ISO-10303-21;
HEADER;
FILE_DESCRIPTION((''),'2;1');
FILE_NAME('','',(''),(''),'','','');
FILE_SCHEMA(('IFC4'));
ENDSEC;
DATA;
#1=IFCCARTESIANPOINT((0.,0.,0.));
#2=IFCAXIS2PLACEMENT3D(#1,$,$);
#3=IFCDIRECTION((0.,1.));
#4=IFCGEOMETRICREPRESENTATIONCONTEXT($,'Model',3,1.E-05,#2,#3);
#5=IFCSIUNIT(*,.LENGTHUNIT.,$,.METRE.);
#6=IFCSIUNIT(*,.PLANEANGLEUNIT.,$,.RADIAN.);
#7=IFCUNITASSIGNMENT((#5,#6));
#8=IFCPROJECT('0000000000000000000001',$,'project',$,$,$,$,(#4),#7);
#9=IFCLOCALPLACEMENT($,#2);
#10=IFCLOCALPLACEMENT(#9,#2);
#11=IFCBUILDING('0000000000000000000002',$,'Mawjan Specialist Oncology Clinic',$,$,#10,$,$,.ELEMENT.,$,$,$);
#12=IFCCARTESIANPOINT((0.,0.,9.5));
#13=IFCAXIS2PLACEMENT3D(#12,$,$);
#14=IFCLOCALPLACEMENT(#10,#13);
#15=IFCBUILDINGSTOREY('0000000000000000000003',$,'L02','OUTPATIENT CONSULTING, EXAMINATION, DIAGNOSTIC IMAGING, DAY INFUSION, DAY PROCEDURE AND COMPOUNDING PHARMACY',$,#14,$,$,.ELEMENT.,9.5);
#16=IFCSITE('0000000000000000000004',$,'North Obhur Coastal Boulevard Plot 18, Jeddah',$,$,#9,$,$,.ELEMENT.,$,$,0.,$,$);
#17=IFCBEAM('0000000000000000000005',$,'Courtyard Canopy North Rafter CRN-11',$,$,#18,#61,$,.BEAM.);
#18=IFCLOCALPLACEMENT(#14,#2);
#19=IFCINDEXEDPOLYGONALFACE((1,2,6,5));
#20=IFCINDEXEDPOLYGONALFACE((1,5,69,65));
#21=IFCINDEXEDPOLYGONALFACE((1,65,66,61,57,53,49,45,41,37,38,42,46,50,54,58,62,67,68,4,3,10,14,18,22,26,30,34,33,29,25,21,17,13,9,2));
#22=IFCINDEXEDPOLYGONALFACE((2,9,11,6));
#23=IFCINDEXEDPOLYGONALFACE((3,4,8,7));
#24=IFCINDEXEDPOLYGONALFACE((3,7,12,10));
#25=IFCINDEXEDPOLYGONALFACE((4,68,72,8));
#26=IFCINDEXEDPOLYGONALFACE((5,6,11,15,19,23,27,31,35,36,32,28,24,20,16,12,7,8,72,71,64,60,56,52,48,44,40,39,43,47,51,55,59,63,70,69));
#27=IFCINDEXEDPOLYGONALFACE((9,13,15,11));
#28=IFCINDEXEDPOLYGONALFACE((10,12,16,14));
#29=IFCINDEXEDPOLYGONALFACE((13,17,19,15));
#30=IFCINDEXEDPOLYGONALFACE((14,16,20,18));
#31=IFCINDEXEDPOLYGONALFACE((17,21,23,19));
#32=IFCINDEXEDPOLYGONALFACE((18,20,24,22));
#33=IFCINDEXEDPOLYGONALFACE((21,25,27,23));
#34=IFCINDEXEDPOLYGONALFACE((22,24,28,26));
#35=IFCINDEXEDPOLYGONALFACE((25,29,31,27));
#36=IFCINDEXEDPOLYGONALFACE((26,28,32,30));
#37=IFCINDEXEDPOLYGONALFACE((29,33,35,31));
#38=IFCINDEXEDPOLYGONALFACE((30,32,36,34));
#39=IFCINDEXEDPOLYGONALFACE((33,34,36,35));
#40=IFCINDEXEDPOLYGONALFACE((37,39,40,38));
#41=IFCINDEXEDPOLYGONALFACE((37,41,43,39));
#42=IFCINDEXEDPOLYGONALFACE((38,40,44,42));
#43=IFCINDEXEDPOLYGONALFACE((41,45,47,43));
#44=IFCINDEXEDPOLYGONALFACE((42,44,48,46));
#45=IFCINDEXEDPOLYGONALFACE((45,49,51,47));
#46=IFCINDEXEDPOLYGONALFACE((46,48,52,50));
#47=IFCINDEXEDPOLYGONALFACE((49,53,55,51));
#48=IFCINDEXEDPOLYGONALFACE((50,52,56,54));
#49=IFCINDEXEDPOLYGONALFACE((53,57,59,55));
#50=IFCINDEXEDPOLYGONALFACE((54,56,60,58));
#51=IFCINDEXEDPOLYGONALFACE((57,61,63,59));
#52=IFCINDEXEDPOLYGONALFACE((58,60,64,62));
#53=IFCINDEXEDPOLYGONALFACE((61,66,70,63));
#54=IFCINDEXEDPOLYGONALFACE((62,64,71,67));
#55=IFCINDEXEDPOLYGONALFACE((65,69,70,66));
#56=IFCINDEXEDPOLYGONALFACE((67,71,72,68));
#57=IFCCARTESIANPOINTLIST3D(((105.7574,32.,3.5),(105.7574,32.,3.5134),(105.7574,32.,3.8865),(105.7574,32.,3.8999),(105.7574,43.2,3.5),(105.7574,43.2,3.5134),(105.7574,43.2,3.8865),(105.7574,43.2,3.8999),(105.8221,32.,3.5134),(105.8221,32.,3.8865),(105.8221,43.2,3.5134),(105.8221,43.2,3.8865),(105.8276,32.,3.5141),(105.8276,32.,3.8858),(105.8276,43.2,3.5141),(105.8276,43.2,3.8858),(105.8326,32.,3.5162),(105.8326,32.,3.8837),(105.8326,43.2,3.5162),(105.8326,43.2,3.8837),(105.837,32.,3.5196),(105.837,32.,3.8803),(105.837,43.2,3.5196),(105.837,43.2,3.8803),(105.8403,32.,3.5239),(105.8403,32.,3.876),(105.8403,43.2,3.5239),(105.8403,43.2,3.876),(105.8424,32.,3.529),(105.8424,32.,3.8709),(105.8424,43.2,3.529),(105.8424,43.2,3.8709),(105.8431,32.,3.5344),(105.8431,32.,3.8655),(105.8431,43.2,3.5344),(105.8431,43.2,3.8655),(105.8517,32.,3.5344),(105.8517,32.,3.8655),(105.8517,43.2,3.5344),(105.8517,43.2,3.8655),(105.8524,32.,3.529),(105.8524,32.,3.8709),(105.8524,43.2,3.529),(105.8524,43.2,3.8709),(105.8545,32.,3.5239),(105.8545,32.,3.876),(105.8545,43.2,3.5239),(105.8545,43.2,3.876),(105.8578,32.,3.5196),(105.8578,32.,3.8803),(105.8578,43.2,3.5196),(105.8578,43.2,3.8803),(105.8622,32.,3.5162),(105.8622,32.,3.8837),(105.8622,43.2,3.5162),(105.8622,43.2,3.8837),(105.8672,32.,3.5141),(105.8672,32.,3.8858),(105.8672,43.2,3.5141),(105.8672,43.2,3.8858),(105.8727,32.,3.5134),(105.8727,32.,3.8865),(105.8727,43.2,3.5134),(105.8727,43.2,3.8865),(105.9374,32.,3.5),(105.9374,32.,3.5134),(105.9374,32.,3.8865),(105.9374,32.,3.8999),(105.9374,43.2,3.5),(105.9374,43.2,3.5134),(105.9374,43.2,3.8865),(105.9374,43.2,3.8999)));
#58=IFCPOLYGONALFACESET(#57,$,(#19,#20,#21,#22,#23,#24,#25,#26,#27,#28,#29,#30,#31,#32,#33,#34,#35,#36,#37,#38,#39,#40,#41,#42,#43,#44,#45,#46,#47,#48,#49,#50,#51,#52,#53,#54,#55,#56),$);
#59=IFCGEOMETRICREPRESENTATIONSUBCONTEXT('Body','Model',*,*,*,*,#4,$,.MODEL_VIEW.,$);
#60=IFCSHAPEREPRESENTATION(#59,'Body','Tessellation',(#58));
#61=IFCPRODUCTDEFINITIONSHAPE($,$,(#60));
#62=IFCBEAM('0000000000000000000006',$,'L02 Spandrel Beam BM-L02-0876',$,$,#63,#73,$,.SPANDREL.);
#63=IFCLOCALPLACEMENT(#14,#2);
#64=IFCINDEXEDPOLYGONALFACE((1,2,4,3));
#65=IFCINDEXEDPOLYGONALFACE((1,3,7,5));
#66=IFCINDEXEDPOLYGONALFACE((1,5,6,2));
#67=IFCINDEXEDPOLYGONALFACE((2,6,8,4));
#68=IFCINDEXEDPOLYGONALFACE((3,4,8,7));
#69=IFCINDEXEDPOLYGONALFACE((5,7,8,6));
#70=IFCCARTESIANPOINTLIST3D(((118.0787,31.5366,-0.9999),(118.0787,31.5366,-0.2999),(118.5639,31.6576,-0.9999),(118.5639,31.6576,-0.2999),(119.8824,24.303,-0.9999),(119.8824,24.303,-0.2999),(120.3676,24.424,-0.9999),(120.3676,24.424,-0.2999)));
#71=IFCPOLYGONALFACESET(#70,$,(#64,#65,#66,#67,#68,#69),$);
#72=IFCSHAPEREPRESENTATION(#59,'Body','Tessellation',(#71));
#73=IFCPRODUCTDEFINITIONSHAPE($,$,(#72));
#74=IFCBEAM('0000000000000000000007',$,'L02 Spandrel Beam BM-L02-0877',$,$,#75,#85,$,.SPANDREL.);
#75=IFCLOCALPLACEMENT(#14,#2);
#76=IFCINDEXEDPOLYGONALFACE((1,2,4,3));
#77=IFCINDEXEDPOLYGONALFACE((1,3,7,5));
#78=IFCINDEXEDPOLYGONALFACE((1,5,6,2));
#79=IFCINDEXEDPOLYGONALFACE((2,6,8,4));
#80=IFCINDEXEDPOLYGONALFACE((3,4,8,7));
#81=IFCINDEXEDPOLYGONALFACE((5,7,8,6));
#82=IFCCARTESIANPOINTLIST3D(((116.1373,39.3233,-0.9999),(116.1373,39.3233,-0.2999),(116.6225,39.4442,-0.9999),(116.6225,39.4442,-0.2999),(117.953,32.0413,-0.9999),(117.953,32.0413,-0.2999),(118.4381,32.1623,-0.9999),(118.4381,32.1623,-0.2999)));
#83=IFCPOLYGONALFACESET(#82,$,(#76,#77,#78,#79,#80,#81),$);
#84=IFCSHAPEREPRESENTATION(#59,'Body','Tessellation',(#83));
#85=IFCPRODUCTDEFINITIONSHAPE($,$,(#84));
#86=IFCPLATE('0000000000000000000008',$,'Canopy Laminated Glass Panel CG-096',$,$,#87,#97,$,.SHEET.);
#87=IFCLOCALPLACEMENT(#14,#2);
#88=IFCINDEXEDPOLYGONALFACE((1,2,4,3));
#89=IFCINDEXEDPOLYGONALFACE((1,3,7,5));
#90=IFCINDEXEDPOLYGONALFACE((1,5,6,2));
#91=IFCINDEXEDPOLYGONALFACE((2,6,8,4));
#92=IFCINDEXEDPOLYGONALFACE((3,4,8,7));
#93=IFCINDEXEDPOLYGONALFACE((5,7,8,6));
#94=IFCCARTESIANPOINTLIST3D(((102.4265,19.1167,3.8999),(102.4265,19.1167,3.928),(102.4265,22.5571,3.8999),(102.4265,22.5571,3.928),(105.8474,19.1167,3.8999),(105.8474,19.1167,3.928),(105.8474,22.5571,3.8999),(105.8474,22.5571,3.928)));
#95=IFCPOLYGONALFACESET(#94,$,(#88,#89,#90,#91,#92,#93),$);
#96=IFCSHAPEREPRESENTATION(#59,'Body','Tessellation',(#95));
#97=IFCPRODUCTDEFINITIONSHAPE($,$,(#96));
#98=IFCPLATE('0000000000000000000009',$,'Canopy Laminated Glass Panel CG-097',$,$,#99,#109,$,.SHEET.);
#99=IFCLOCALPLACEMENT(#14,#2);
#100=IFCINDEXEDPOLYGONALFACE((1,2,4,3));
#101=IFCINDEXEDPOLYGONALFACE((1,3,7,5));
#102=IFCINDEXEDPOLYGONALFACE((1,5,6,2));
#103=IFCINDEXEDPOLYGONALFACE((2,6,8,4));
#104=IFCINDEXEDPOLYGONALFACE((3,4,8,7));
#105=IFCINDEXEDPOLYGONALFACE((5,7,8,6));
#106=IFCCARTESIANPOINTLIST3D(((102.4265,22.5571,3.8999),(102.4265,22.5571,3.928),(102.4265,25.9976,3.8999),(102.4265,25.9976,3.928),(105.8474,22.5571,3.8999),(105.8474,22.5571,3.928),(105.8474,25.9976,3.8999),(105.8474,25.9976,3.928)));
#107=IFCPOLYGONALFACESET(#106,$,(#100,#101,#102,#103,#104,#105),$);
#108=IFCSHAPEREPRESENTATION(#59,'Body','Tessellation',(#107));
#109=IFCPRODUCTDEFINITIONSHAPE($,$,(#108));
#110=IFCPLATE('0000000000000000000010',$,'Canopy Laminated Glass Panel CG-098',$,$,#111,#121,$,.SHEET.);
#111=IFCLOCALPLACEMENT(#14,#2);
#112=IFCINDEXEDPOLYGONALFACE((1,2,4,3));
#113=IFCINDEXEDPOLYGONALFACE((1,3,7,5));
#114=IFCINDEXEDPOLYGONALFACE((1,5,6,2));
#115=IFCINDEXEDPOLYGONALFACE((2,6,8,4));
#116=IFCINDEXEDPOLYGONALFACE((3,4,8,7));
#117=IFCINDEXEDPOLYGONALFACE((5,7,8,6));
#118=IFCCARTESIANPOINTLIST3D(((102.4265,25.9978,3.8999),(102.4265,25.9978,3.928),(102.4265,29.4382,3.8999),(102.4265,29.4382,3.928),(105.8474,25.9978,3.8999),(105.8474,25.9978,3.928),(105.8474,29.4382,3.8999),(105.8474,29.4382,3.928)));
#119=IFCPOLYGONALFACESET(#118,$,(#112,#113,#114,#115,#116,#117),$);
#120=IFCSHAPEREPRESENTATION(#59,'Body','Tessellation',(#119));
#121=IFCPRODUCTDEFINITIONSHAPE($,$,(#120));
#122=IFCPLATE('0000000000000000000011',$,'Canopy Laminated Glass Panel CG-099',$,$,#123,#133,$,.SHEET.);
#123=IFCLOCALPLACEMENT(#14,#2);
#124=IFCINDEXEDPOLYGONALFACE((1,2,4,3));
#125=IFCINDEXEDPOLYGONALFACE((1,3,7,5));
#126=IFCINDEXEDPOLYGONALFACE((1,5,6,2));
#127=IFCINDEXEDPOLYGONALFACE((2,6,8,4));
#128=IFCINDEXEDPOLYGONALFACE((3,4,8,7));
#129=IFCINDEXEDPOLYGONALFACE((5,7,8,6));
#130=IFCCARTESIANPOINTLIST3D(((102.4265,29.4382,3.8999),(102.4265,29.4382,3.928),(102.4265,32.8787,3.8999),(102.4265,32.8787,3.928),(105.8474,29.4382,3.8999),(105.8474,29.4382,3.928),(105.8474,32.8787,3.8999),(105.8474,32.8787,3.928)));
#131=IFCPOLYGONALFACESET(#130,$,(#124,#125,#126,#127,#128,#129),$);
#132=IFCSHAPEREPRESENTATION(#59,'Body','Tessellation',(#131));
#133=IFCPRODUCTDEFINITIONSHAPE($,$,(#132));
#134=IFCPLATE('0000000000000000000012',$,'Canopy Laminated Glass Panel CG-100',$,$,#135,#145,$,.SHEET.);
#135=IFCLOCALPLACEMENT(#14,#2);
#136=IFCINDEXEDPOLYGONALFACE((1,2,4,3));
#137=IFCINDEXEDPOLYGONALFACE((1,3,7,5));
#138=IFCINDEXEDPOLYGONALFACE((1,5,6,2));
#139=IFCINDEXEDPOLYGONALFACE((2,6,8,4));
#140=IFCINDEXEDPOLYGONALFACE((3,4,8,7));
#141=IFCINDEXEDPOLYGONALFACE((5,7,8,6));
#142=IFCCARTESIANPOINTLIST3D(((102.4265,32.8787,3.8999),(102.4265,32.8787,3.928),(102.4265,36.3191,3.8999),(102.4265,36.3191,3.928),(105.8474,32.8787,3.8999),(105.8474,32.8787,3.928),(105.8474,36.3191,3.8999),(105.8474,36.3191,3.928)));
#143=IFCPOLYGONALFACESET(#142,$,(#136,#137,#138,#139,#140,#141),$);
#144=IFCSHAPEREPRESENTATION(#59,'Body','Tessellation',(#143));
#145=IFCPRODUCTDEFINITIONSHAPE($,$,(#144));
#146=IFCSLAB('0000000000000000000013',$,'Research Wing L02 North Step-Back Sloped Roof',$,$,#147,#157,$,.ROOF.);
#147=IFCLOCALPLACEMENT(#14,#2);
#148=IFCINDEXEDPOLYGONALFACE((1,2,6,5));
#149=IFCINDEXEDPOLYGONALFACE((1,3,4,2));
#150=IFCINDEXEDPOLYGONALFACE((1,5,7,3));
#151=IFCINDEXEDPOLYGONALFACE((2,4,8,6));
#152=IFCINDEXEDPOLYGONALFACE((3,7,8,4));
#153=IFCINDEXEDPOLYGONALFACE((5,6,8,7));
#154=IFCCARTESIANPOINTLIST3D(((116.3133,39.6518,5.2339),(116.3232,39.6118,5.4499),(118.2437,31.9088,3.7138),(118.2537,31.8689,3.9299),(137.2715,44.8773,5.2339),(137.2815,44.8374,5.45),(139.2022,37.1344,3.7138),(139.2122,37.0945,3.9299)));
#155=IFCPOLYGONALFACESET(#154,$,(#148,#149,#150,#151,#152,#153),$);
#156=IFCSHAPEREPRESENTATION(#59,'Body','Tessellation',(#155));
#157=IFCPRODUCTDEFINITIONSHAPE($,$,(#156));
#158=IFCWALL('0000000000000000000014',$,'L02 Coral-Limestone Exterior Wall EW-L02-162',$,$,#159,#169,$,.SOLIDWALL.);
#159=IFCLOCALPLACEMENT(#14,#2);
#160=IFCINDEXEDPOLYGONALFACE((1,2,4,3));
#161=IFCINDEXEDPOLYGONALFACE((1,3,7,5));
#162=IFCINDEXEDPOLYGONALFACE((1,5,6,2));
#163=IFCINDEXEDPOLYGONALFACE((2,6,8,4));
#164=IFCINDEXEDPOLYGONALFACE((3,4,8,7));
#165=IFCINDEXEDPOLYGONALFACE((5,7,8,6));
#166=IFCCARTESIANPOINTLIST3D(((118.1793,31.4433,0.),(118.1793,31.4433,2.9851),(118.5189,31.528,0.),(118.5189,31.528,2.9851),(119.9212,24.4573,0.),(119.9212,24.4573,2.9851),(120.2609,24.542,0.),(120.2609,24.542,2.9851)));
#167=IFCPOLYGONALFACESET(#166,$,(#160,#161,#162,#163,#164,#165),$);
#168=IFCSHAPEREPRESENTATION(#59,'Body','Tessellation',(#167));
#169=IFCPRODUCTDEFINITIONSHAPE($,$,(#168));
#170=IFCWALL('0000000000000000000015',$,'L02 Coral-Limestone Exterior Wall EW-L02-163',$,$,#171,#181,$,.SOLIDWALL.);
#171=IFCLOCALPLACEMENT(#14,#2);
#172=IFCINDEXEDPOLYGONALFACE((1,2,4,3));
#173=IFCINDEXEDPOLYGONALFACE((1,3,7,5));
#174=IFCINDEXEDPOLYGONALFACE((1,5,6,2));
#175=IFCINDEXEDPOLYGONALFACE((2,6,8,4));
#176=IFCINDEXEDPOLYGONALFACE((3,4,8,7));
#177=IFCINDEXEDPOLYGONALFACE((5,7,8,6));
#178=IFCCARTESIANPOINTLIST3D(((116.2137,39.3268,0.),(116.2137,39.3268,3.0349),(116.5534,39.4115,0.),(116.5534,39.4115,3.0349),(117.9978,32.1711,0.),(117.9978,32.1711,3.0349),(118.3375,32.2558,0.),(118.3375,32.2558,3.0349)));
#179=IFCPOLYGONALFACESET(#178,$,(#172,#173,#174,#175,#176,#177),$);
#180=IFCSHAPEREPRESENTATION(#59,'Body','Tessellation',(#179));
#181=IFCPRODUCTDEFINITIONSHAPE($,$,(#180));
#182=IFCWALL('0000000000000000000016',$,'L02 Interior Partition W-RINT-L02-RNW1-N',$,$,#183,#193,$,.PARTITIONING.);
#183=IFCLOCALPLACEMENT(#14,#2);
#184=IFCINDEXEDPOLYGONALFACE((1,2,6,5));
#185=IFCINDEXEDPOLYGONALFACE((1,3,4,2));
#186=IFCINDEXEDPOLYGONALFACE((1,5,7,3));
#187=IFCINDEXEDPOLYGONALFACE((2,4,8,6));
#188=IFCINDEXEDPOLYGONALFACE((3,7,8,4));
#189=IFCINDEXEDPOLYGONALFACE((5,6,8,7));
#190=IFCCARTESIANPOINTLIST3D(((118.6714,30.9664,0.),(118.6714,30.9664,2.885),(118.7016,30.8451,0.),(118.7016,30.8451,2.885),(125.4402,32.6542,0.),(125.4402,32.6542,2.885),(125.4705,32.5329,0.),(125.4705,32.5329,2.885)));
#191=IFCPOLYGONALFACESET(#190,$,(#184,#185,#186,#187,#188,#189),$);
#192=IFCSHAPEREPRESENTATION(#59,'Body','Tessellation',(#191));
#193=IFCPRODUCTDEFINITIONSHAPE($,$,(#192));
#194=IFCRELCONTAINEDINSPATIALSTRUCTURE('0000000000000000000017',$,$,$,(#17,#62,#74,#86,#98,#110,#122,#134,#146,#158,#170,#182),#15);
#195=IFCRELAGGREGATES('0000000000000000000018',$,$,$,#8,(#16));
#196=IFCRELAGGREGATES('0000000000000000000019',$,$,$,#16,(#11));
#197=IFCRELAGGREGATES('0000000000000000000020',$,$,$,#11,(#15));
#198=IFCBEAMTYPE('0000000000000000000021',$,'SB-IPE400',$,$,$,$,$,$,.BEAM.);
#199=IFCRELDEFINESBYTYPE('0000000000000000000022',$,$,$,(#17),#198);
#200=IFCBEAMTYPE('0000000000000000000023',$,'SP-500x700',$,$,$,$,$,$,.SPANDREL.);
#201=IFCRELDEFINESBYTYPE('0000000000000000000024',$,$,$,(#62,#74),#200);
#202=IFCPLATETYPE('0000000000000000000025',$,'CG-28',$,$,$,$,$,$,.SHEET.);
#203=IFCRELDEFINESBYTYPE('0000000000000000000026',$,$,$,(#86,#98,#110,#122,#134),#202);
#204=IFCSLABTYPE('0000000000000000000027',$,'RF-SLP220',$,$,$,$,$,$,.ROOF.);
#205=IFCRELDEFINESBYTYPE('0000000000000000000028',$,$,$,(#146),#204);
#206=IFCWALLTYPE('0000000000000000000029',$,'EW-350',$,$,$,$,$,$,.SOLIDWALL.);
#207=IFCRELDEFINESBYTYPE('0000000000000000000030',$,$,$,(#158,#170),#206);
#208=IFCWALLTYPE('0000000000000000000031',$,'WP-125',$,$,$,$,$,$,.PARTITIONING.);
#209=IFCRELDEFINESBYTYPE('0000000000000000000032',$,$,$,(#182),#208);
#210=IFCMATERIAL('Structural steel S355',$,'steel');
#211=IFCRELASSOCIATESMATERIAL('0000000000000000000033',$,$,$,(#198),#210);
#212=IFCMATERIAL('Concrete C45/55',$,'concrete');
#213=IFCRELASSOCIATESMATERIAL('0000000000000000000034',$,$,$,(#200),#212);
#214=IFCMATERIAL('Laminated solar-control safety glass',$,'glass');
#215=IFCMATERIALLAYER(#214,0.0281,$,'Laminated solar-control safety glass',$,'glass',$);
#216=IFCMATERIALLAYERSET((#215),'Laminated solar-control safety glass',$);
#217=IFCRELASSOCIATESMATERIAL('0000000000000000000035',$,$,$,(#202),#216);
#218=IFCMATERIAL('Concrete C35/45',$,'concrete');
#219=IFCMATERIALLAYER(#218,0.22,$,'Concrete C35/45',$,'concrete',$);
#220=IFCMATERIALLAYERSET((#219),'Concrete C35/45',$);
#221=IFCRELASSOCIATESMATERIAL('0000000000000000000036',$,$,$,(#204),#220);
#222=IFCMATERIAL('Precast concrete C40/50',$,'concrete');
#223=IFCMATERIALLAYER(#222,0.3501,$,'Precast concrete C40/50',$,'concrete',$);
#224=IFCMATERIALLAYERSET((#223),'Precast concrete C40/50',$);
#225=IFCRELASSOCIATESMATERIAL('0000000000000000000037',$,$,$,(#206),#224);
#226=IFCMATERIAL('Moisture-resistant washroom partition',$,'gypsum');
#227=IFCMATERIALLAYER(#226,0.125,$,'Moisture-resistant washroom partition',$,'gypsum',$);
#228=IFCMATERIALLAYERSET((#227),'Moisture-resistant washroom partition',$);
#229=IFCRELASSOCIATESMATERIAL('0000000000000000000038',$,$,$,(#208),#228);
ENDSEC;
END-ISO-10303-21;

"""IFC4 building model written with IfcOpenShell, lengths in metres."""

from ifc_helpers import new_model, si_unit, direction, frame, frame_2d, origin, origin_2d, place, context, subcontext, project, spatial, polyline, rectangle, i_section, outline, extrude, material, layer, layer_set, material_profile, profile_set, type_object, element, save


model = new_model("IFC4")

# Units and contexts
model_context = context("Model", 3, precision=1e-05, world=origin(), true_north=direction((0.0, 1.0)))
body_context = subcontext(model_context, "Body", "Model", "MODEL_VIEW")
ifc_project = project(units=[si_unit("LENGTHUNIT", "METRE"), si_unit("PLANEANGLEUNIT", "RADIAN")], contexts=[model_context])

# Site, building, storey
site_placement = place(None, origin())
site = spatial("IfcSite", under=ifc_project, at=site_placement, Name="North Obhur Coastal Boulevard Plot 18, Jeddah", CompositionType="ELEMENT", RefElevation=0.0)
building_placement = place(site_placement, origin())
building = spatial("IfcBuilding", under=site, at=building_placement, Name="Mawjan Specialist Oncology Clinic", CompositionType="ELEMENT")
storey_placement = place(building_placement, frame((0.0, 0.0, 9.5)))
storey = spatial("IfcBuildingStorey", under=building, at=storey_placement, Name="L02", Description="OUTPATIENT CONSULTING, EXAMINATION, DIAGNOSTIC IMAGING, DAY INFUSION, DAY PROCEDURE AND COMPOUNDING PHARMACY", CompositionType="ELEMENT", Elevation=9.5)

# Beams
ifc_material_1 = material(Name="Structural steel S355", Category="steel")
ifc_material_profile_1 = material_profile(ifc_material_1, i_section(OverallWidth=0.1799, OverallDepth=0.3999, WebThickness=0.0085, FlangeThickness=0.0134, FilletRadius=0.021, at=origin_2d()), Name="IPE 400", Category="steel")
ifc_profile_set_1 = profile_set([ifc_material_profile_1], Name="Structural steel S355")
beam_type_1 = type_object("IfcBeamType", Name="SB-IPE400", PredefinedType="BEAM", material=ifc_profile_set_1)
beam_1_placement = place(storey_placement, frame((105.8474, 32.0, 3.7), z_axis=(0.0, 1.0, 0.0), x_axis=(-1.0, 0.0, 0.0)))
element("IfcBeam", 1, at=beam_1_placement, inside=storey, type_object=beam_type_1, Name="Courtyard Canopy North Rafter CRN-11", PredefinedType="BEAM", context=body_context, shape_type="SweptSolid", body=[
    extrude(i_section(OverallWidth=0.1799, OverallDepth=0.3999, WebThickness=0.0085, FlangeThickness=0.0134, FilletRadius=0.021, at=origin_2d()), origin(), (0.0, 0.0, 1.0), 11.2),
])
ifc_material_2 = material(Name="Concrete C45/55", Category="concrete")
ifc_material_profile_2 = material_profile(ifc_material_2, rectangle(XDim=0.5, YDim=0.7, at=origin_2d()), Name="RC BM 500x700", Category="concrete")
ifc_profile_set_2 = profile_set([ifc_material_profile_2], Name="Concrete C45/55")
beam_type_2 = type_object("IfcBeamType", Name="SP-500x700", PredefinedType="SPANDREL", material=ifc_profile_set_2)
beam_2_placement = place(storey_placement, frame((120.125, 24.3635, -0.6499), z_axis=(-0.241942, 0.970291, 0.0), x_axis=(-0.970291, -0.241942, 0.0)))
element("IfcBeam", 2, at=beam_2_placement, inside=storey, type_object=beam_type_2, Name="L02 Spandrel Beam BM-L02-0876", PredefinedType="SPANDREL", context=body_context, shape_type="SweptSolid", body=[
    extrude(rectangle(XDim=0.5, YDim=0.7, at=origin_2d()), origin(), (0.0, 0.0, 1.0), 7.4551),
])
beam_3_placement = place(storey_placement, frame((118.1956, 32.1018, -0.6499), z_axis=(-0.241931, 0.970293, 0.0), x_axis=(-0.970293, -0.241931, 0.0)))
element("IfcBeam", 3, at=beam_3_placement, inside=storey, type_object=beam_type_2, Name="L02 Spandrel Beam BM-L02-0877", PredefinedType="SPANDREL", context=body_context, shape_type="SweptSolid", body=[
    extrude(rectangle(XDim=0.5, YDim=0.7, at=origin_2d()), origin(), (0.0, 0.0, 1.0), 7.5049),
])

# Plates
ifc_material_3 = material(Name="Laminated solar-control safety glass", Category="glass")
ifc_layer_1 = layer(ifc_material_3, 0.0281, Name="Laminated solar-control safety glass", Category="glass")
ifc_layer_set_1 = layer_set([ifc_layer_1], Name="Laminated solar-control safety glass")
plate_type = type_object("IfcPlateType", Name="CG-28", PredefinedType="SHEET", material=ifc_layer_set_1)
for number, where, z_axis, x_axis, name in (
    (4, (104.137, 20.8369, 3.8999), (0.0, 0.0, 1.0), (1.0, 0.0, 0.0), "Canopy Laminated Glass Panel CG-096"),
    (5, (104.137, 24.2773, 3.8999), (0.0, 0.0, 1.0), (1.0, 0.0, 0.0), "Canopy Laminated Glass Panel CG-097"),
    (6, (104.137, 27.718, 3.8999), (0.0, 0.0, 1.0), (1.0, 0.0, 0.0), "Canopy Laminated Glass Panel CG-098"),
    (7, (104.137, 31.1584, 3.8999), (0.0, 0.0, 1.0), (1.0, 0.0, 0.0), "Canopy Laminated Glass Panel CG-099"),
    (8, (104.137, 34.5989, 3.8999), (0.0, 0.0, 1.0), (1.0, 0.0, 0.0), "Canopy Laminated Glass Panel CG-100"),
):
    element("IfcPlate", number, at=place(storey_placement, frame(where, z_axis=z_axis, x_axis=x_axis)), inside=storey, type_object=plate_type, Name=name, PredefinedType="SHEET", context=body_context, shape_type="SweptSolid", body=[
        extrude(rectangle(XDim=3.4209, YDim=3.4404, at=origin_2d()), origin(), (0.0, 0.0, 1.0), 0.0281),
    ])

# Slab
ifc_material_4 = material(Name="Concrete C35/45", Category="concrete")
ifc_layer_2 = layer(ifc_material_4, 0.22, Name="Concrete C35/45", Category="concrete")
ifc_layer_set_2 = layer_set([ifc_layer_2], Name="Concrete C35/45")
slab_type = type_object("IfcSlabType", Name="RF-SLP220", PredefinedType="ROOF", material=ifc_layer_set_2)
slab_placement = place(storey_placement, frame((118.2537, 31.8689, 3.9299), z_axis=(0.045268, -0.181557, 0.982338), x_axis=(0.970295, 0.241924, 0.0)))
element("IfcSlab", 9, at=slab_placement, inside=storey, type_object=slab_type, Name="Research Wing L02 North Step-Back Sloped Roof", PredefinedType="ROOF", context=body_context, shape_type="SweptSolid", body=[
    extrude(outline(polyline([(0.0, 0.0), (21.6001, 0.0), (21.6, 8.1235), (0.0001, 8.1234), (0.0, 0.0)])), origin(), (0.0, 0.0, -1.0), 0.22),
])

# Walls
ifc_material_5 = material(Name="Precast concrete C40/50", Category="concrete")
ifc_layer_3 = layer(ifc_material_5, 0.3501, Name="Precast concrete C40/50", Category="concrete")
ifc_layer_set_3 = layer_set([ifc_layer_3], Name="Precast concrete C40/50")
wall_type_1 = type_object("IfcWallType", Name="EW-350", PredefinedType="SOLIDWALL", material=ifc_layer_set_3)
wall_1_placement = place(storey_placement, frame((120.0911, 24.4995, 0.0), z_axis=(0.0, 0.0, 1.0), x_axis=(-0.241937, 0.970292, 0.0)))
element("IfcWall", 10, at=wall_1_placement, inside=storey, type_object=wall_type_1, Name="L02 Coral-Limestone Exterior Wall EW-L02-162", PredefinedType="SOLIDWALL", context=body_context, shape_type="SweptSolid", body=[
    extrude(rectangle(XDim=7.2, YDim=0.3501, at=frame_2d((3.6001, 0.0))), origin(), (0.0, 0.0, 1.0), 2.9851),
])
wall_2_placement = place(storey_placement, frame((118.1677, 32.2134, 0.0), z_axis=(0.0, 0.0, 1.0), x_axis=(-0.241928, 0.970294, 0.0)))
element("IfcWall", 11, at=wall_2_placement, inside=storey, type_object=wall_type_1, Name="L02 Coral-Limestone Exterior Wall EW-L02-163", PredefinedType="SOLIDWALL", context=body_context, shape_type="SweptSolid", body=[
    extrude(rectangle(XDim=7.3748, YDim=0.3501, at=frame_2d((3.6875, 0.0))), origin(), (0.0, 0.0, 1.0), 3.0349),
])

# Wall
ifc_material_6 = material(Name="Moisture-resistant washroom partition", Category="gypsum")
ifc_layer_4 = layer(ifc_material_6, 0.125, Name="Moisture-resistant washroom partition", Category="gypsum")
ifc_layer_set_4 = layer_set([ifc_layer_4], Name="Moisture-resistant washroom partition")
wall_type_2 = type_object("IfcWallType", Name="WP-125", PredefinedType="PARTITIONING", material=ifc_layer_set_4)
wall_3_placement = place(storey_placement, frame((118.6865, 30.9058, 0.0), z_axis=(0.0, 0.0, 1.0), x_axis=(0.970293, 0.241934, 0.0)))
element("IfcWall", 12, at=wall_3_placement, inside=storey, type_object=wall_type_2, Name="L02 Interior Partition W-RINT-L02-RNW1-N", PredefinedType="PARTITIONING", context=body_context, shape_type="SweptSolid", body=[
    extrude(rectangle(XDim=6.9761, YDim=0.125, at=frame_2d((3.488, 0.0))), origin(), (0.0, 0.0, 1.0), 2.885),
])

save(model, "model.ifc")
